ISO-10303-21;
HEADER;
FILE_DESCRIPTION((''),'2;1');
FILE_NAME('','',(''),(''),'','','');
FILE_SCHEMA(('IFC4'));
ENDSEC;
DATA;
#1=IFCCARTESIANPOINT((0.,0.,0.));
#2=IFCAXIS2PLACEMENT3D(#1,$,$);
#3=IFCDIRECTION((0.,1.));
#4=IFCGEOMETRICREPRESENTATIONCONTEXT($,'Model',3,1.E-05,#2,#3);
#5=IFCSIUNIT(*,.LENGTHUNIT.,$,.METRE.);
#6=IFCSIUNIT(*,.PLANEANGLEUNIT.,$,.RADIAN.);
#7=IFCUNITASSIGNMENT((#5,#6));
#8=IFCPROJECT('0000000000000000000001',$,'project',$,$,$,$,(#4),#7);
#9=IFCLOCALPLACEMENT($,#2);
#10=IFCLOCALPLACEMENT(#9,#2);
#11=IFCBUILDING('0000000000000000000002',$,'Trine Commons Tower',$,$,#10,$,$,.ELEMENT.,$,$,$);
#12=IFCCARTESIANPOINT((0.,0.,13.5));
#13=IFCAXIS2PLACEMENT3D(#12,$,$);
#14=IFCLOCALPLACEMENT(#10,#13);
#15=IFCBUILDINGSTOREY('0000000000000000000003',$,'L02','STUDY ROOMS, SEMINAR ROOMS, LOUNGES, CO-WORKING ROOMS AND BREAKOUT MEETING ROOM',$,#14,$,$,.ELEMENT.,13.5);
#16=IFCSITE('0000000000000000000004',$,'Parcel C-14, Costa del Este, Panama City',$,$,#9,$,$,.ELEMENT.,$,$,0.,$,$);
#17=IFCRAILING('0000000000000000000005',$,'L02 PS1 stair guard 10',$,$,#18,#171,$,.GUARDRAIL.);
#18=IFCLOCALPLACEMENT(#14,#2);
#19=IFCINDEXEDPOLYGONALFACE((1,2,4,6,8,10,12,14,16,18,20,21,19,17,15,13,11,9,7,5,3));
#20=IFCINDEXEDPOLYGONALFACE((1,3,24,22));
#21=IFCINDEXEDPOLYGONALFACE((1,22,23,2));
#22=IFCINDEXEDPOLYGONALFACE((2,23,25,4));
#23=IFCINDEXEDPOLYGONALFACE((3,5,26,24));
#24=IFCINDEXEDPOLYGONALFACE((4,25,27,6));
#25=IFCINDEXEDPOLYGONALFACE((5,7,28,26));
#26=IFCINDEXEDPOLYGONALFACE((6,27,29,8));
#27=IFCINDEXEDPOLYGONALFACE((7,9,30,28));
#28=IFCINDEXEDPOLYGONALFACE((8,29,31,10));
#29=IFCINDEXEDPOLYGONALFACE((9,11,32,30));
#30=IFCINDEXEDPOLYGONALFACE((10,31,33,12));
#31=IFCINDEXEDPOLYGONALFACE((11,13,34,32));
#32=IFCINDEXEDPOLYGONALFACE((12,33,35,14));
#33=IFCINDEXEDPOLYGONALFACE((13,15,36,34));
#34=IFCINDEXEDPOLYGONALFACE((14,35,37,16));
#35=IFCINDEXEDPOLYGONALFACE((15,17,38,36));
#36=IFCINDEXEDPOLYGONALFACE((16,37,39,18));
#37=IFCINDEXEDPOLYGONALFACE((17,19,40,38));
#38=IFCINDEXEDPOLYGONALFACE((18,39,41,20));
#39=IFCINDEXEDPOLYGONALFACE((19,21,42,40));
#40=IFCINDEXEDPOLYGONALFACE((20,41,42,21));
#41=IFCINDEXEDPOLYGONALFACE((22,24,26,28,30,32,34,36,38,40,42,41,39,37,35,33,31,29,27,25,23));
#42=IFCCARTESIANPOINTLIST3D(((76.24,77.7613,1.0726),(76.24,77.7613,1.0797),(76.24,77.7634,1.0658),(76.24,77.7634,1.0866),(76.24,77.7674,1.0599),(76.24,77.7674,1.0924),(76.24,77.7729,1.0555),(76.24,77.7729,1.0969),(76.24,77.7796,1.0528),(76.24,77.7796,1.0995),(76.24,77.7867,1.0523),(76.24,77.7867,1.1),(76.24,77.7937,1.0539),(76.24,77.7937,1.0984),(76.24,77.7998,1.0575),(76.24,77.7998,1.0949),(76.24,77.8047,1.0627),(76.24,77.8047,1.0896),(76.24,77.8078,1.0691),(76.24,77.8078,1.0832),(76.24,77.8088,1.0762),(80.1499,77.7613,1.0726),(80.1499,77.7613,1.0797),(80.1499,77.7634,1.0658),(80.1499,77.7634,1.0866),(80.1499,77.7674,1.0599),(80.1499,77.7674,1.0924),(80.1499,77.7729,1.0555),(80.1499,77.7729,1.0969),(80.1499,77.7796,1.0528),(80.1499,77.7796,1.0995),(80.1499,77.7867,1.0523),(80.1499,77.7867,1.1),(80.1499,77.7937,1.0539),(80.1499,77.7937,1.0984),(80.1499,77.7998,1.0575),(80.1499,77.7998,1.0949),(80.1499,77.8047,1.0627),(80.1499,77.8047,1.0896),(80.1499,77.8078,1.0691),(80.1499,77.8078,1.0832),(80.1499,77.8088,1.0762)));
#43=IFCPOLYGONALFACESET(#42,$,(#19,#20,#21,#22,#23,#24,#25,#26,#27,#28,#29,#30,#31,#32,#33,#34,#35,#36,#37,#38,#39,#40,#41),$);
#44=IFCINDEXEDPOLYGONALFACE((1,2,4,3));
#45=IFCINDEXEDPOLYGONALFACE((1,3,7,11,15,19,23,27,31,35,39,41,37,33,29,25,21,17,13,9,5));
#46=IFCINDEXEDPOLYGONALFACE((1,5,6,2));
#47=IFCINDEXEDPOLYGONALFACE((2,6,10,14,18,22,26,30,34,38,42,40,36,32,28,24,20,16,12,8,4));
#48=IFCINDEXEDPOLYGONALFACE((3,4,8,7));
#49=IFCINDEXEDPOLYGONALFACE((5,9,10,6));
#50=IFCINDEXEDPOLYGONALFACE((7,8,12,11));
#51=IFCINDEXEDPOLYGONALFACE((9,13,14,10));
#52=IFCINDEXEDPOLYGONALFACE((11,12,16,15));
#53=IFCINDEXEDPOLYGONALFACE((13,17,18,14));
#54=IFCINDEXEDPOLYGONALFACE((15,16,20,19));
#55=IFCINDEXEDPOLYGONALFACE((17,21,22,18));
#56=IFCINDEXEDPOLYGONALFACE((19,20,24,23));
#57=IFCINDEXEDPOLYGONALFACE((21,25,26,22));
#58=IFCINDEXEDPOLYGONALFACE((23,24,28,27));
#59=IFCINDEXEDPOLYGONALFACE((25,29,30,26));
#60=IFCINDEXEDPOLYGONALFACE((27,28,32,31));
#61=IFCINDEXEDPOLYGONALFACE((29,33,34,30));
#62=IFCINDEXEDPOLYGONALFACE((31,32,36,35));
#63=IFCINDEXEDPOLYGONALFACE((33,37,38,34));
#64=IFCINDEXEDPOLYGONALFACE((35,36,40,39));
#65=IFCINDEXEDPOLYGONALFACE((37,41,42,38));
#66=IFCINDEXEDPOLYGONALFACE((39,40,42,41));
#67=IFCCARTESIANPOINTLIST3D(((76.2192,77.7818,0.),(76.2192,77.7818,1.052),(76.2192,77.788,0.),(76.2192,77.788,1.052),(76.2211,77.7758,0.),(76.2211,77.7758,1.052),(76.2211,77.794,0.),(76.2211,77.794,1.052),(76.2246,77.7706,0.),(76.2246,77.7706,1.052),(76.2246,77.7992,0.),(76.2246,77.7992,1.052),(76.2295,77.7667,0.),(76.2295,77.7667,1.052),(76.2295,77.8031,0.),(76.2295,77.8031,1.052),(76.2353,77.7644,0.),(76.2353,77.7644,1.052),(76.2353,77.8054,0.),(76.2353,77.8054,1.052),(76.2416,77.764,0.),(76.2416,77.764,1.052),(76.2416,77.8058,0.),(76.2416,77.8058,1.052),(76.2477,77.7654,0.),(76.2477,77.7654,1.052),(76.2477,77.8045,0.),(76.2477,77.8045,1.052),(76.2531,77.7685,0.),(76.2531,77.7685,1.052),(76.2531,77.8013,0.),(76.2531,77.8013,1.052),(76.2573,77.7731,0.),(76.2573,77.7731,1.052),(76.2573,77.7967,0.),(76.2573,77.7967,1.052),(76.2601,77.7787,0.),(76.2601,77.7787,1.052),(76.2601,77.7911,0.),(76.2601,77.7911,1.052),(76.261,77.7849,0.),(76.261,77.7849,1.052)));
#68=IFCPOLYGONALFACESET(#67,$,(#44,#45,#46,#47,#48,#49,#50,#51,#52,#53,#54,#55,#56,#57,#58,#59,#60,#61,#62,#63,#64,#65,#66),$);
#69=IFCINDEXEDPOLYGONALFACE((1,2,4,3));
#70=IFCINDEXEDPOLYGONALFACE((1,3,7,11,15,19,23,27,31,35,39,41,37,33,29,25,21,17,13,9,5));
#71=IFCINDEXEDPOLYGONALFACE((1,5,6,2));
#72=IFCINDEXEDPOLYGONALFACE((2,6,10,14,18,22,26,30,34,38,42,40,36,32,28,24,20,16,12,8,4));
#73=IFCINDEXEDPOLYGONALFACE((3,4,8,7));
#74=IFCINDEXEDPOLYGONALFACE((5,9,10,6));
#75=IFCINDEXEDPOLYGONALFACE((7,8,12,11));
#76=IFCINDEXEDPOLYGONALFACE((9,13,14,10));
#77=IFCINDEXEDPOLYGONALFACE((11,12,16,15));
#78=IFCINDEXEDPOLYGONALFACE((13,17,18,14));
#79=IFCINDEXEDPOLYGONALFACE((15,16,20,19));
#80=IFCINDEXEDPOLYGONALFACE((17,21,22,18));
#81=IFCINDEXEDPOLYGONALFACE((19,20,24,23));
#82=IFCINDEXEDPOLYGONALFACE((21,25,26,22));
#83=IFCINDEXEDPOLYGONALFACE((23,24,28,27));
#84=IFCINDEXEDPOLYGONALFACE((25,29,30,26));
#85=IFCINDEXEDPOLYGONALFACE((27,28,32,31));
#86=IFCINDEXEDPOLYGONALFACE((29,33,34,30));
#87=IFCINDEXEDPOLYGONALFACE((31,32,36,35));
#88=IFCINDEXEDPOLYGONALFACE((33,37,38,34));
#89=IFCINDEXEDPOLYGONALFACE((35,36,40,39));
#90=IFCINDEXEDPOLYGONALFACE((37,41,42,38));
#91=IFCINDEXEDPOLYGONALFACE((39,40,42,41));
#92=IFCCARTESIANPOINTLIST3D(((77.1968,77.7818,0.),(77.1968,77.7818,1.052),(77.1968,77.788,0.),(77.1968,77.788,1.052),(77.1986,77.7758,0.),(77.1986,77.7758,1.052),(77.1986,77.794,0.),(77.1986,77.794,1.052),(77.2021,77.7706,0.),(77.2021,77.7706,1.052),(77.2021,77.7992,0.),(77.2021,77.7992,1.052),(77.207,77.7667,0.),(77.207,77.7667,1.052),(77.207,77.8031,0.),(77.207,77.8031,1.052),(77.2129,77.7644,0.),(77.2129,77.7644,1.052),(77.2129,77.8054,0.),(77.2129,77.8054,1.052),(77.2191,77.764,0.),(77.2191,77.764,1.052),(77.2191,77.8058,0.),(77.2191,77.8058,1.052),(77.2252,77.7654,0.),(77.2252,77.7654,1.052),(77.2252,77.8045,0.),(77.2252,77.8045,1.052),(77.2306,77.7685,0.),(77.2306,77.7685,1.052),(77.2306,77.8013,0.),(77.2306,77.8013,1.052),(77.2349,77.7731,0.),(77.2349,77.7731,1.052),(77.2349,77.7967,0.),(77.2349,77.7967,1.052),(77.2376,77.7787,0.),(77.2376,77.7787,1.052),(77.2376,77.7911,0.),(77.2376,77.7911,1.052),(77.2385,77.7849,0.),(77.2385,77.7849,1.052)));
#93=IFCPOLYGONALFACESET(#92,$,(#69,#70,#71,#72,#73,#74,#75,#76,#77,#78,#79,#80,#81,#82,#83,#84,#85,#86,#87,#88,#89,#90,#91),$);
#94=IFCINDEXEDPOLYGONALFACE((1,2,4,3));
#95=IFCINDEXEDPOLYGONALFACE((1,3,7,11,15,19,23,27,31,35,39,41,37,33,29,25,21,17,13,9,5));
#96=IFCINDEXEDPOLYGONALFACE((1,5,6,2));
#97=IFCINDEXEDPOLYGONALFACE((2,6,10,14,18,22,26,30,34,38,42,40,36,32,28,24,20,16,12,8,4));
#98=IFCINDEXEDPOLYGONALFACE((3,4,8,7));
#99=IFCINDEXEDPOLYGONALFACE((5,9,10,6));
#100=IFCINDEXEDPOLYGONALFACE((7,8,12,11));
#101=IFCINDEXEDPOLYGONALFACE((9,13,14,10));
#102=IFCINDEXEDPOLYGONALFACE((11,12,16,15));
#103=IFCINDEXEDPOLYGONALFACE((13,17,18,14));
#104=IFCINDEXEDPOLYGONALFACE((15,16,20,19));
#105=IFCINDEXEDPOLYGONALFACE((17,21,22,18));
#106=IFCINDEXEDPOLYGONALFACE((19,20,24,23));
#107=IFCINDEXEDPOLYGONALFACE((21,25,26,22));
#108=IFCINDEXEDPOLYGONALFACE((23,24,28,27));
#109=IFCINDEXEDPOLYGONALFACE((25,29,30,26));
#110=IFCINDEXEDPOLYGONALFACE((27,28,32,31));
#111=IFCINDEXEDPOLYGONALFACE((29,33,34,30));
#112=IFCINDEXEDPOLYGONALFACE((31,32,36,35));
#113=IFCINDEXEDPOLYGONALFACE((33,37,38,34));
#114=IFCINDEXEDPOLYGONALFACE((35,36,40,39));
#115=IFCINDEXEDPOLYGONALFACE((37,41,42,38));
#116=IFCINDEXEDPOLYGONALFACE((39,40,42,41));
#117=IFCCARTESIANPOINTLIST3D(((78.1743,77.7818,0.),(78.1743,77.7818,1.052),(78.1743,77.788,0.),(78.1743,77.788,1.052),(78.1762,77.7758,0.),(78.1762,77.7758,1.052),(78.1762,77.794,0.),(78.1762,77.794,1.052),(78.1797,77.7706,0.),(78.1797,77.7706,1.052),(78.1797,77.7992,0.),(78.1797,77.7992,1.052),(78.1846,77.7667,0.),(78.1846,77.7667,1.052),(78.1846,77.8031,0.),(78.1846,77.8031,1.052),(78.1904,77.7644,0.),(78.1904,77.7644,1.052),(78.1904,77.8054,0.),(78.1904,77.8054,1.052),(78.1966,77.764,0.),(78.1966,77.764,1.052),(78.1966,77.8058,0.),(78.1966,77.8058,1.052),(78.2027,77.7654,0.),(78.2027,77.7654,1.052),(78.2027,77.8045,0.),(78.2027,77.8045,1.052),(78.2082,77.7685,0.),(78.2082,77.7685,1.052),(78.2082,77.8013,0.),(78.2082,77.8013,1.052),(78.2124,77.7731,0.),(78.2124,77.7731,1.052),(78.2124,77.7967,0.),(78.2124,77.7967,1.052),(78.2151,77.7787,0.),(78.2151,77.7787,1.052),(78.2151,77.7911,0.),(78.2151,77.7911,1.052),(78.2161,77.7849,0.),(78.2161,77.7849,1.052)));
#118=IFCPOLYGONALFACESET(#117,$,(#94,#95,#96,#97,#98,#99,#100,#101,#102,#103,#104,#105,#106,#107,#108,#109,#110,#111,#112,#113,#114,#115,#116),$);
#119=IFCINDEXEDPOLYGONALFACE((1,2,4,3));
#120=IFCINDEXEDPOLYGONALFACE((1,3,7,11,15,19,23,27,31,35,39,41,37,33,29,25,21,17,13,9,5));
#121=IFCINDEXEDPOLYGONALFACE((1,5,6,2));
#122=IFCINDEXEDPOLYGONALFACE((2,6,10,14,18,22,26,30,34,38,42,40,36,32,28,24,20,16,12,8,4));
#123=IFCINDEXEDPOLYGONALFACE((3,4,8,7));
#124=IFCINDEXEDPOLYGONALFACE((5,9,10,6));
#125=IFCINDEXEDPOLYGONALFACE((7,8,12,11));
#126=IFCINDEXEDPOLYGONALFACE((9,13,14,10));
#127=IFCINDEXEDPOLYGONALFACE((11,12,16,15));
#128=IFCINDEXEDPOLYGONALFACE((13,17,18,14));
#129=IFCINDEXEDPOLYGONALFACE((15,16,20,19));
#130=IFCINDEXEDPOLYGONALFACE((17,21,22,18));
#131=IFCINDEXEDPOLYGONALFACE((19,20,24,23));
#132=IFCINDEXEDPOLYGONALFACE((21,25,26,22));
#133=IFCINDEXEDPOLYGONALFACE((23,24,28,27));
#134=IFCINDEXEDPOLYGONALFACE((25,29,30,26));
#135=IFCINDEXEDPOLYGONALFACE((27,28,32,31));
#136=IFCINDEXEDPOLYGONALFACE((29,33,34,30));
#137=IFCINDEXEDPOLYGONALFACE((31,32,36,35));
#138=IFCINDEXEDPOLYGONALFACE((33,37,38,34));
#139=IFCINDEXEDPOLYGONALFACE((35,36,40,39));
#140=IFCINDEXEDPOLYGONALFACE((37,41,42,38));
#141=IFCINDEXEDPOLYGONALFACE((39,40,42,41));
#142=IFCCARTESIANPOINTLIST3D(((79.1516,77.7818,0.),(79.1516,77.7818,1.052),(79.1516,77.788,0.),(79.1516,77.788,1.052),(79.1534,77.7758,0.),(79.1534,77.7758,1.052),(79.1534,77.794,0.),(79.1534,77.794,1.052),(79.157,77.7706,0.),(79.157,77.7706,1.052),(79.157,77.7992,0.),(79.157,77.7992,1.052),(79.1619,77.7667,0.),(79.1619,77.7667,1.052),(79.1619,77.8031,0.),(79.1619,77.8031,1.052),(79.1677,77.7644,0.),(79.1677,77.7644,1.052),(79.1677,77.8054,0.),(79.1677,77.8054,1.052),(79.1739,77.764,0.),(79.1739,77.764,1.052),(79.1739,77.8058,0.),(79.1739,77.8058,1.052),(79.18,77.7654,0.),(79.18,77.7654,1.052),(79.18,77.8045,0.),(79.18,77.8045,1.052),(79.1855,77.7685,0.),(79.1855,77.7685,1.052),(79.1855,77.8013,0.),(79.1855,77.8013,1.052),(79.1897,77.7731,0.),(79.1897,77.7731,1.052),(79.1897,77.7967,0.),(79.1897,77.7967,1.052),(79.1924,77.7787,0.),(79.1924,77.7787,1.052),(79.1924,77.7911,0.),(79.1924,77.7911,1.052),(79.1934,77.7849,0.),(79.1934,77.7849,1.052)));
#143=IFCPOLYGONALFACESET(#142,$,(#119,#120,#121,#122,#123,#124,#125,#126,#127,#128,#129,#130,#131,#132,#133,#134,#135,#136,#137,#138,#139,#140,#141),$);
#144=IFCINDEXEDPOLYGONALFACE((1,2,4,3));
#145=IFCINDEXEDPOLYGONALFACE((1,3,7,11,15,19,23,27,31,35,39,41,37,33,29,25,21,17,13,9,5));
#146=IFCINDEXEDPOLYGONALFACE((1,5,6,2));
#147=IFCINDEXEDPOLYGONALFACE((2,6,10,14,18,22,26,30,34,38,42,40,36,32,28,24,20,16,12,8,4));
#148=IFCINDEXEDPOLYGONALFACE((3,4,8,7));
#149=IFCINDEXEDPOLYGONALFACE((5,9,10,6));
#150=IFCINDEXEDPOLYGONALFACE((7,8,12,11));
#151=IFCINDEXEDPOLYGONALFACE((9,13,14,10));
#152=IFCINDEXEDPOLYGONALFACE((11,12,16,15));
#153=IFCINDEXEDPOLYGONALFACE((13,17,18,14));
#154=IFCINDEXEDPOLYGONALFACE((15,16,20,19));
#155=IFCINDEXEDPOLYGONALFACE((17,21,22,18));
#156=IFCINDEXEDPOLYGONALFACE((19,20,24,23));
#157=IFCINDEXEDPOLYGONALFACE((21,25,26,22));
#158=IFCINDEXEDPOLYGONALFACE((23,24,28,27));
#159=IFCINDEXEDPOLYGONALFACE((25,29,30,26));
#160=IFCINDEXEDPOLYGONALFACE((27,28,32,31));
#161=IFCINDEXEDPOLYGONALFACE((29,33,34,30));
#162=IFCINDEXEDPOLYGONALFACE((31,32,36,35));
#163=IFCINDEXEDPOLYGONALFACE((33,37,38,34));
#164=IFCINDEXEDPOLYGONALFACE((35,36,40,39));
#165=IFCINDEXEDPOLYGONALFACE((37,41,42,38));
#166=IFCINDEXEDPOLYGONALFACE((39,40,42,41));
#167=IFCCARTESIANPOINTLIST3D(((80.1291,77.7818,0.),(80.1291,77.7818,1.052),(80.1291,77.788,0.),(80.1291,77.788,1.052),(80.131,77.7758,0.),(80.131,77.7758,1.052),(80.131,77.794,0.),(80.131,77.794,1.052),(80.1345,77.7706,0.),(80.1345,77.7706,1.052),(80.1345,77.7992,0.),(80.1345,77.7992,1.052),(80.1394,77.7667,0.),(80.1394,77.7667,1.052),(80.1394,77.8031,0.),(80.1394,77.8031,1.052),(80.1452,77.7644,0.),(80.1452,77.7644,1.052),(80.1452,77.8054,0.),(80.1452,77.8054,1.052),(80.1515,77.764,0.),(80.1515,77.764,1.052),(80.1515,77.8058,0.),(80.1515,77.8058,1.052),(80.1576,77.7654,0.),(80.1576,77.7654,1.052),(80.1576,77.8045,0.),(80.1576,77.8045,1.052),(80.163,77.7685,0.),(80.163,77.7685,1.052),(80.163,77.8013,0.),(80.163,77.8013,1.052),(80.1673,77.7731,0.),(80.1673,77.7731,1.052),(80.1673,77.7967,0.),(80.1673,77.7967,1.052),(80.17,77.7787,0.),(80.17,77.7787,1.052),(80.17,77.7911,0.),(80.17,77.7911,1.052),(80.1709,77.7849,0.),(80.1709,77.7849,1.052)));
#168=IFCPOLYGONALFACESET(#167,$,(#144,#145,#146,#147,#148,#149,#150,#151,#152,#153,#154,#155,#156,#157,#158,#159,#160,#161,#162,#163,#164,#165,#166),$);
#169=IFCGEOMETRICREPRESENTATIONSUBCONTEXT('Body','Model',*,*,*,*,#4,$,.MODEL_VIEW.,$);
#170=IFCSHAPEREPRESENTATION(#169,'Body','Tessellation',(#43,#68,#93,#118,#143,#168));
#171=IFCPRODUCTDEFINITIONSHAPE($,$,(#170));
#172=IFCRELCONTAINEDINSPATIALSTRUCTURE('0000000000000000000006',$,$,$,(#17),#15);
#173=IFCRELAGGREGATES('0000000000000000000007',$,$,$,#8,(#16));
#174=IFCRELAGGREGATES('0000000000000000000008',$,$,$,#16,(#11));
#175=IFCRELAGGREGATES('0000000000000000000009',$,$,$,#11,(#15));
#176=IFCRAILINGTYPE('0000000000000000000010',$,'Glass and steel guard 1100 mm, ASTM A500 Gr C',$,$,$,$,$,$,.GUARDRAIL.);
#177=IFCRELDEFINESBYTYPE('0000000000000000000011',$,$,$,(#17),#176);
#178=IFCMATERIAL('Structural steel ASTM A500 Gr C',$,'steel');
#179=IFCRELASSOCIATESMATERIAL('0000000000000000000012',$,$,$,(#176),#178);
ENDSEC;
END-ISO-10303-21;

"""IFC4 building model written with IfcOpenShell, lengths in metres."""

from ifc_helpers import new_model, si_unit, direction, frame, origin, origin_2d, place, context, subcontext, project, spatial, circle, extrude, material, type_object, element, save


model = new_model("IFC4")

# Units and contexts
model_context = context("Model", 3, precision=1e-05, world=origin(), true_north=direction((0.0, 1.0)))
body_context = subcontext(model_context, "Body", "Model", "MODEL_VIEW")
ifc_project = project(units=[si_unit("LENGTHUNIT", "METRE"), si_unit("PLANEANGLEUNIT", "RADIAN")], contexts=[model_context])

# Site, building, storey
site_placement = place(None, origin())
site = spatial("IfcSite", under=ifc_project, at=site_placement, Name="Parcel C-14, Costa del Este, Panama City", CompositionType="ELEMENT", RefElevation=0.0)
building_placement = place(site_placement, origin())
building = spatial("IfcBuilding", under=site, at=building_placement, Name="Trine Commons Tower", CompositionType="ELEMENT")
storey_placement = place(building_placement, frame((0.0, 0.0, 13.5)))
storey = spatial("IfcBuildingStorey", under=building, at=storey_placement, Name="L02", Description="STUDY ROOMS, SEMINAR ROOMS, LOUNGES, CO-WORKING ROOMS AND BREAKOUT MEETING ROOM", CompositionType="ELEMENT", Elevation=13.5)

# Railing
ifc_material_1 = material(Name="Structural steel ASTM A500 Gr C", Category="steel")
railing_type_1 = type_object("IfcRailingType", Name="Glass and steel guard 1100 mm, ASTM A500 Gr C", PredefinedType="GUARDRAIL", material=ifc_material_1)
for number, where, name in (
    (1, (76.24, 77.7849, 0.0), "L02 PS1 stair guard 10"),
):
    element("IfcRailing", number, at=place(storey_placement, frame(where)), inside=storey, type_object=railing_type_1, Name=name, PredefinedType="GUARDRAIL", context=body_context, shape_type="SweptSolid", body=[
        extrude(circle(Radius=0.0239, at=origin_2d()), frame((0.0, 0.0, 1.0762), z_axis=(1.0, 0.0, 0.0), x_axis=(0.0, 1.0, 0.0)), (0.0, 0.0, 1.0), 3.9099),
        extrude(circle(Radius=0.021, at=origin_2d()), origin(), (0.0, 0.0, 1.0), 1.052),
        extrude(circle(Radius=0.021, at=origin_2d()), frame((0.9775, 0.0, 0.0)), (0.0, 0.0, 1.0), 1.052),
        extrude(circle(Radius=0.021, at=origin_2d()), frame((1.9551, 0.0, 0.0)), (0.0, 0.0, 1.0), 1.052),
        extrude(circle(Radius=0.021, at=origin_2d()), frame((2.9324, 0.0, 0.0)), (0.0, 0.0, 1.0), 1.052),
        extrude(circle(Radius=0.021, at=origin_2d()), frame((3.9099, 0.0, 0.0)), (0.0, 0.0, 1.0), 1.052),
    ])

save(model, "model.ifc")
